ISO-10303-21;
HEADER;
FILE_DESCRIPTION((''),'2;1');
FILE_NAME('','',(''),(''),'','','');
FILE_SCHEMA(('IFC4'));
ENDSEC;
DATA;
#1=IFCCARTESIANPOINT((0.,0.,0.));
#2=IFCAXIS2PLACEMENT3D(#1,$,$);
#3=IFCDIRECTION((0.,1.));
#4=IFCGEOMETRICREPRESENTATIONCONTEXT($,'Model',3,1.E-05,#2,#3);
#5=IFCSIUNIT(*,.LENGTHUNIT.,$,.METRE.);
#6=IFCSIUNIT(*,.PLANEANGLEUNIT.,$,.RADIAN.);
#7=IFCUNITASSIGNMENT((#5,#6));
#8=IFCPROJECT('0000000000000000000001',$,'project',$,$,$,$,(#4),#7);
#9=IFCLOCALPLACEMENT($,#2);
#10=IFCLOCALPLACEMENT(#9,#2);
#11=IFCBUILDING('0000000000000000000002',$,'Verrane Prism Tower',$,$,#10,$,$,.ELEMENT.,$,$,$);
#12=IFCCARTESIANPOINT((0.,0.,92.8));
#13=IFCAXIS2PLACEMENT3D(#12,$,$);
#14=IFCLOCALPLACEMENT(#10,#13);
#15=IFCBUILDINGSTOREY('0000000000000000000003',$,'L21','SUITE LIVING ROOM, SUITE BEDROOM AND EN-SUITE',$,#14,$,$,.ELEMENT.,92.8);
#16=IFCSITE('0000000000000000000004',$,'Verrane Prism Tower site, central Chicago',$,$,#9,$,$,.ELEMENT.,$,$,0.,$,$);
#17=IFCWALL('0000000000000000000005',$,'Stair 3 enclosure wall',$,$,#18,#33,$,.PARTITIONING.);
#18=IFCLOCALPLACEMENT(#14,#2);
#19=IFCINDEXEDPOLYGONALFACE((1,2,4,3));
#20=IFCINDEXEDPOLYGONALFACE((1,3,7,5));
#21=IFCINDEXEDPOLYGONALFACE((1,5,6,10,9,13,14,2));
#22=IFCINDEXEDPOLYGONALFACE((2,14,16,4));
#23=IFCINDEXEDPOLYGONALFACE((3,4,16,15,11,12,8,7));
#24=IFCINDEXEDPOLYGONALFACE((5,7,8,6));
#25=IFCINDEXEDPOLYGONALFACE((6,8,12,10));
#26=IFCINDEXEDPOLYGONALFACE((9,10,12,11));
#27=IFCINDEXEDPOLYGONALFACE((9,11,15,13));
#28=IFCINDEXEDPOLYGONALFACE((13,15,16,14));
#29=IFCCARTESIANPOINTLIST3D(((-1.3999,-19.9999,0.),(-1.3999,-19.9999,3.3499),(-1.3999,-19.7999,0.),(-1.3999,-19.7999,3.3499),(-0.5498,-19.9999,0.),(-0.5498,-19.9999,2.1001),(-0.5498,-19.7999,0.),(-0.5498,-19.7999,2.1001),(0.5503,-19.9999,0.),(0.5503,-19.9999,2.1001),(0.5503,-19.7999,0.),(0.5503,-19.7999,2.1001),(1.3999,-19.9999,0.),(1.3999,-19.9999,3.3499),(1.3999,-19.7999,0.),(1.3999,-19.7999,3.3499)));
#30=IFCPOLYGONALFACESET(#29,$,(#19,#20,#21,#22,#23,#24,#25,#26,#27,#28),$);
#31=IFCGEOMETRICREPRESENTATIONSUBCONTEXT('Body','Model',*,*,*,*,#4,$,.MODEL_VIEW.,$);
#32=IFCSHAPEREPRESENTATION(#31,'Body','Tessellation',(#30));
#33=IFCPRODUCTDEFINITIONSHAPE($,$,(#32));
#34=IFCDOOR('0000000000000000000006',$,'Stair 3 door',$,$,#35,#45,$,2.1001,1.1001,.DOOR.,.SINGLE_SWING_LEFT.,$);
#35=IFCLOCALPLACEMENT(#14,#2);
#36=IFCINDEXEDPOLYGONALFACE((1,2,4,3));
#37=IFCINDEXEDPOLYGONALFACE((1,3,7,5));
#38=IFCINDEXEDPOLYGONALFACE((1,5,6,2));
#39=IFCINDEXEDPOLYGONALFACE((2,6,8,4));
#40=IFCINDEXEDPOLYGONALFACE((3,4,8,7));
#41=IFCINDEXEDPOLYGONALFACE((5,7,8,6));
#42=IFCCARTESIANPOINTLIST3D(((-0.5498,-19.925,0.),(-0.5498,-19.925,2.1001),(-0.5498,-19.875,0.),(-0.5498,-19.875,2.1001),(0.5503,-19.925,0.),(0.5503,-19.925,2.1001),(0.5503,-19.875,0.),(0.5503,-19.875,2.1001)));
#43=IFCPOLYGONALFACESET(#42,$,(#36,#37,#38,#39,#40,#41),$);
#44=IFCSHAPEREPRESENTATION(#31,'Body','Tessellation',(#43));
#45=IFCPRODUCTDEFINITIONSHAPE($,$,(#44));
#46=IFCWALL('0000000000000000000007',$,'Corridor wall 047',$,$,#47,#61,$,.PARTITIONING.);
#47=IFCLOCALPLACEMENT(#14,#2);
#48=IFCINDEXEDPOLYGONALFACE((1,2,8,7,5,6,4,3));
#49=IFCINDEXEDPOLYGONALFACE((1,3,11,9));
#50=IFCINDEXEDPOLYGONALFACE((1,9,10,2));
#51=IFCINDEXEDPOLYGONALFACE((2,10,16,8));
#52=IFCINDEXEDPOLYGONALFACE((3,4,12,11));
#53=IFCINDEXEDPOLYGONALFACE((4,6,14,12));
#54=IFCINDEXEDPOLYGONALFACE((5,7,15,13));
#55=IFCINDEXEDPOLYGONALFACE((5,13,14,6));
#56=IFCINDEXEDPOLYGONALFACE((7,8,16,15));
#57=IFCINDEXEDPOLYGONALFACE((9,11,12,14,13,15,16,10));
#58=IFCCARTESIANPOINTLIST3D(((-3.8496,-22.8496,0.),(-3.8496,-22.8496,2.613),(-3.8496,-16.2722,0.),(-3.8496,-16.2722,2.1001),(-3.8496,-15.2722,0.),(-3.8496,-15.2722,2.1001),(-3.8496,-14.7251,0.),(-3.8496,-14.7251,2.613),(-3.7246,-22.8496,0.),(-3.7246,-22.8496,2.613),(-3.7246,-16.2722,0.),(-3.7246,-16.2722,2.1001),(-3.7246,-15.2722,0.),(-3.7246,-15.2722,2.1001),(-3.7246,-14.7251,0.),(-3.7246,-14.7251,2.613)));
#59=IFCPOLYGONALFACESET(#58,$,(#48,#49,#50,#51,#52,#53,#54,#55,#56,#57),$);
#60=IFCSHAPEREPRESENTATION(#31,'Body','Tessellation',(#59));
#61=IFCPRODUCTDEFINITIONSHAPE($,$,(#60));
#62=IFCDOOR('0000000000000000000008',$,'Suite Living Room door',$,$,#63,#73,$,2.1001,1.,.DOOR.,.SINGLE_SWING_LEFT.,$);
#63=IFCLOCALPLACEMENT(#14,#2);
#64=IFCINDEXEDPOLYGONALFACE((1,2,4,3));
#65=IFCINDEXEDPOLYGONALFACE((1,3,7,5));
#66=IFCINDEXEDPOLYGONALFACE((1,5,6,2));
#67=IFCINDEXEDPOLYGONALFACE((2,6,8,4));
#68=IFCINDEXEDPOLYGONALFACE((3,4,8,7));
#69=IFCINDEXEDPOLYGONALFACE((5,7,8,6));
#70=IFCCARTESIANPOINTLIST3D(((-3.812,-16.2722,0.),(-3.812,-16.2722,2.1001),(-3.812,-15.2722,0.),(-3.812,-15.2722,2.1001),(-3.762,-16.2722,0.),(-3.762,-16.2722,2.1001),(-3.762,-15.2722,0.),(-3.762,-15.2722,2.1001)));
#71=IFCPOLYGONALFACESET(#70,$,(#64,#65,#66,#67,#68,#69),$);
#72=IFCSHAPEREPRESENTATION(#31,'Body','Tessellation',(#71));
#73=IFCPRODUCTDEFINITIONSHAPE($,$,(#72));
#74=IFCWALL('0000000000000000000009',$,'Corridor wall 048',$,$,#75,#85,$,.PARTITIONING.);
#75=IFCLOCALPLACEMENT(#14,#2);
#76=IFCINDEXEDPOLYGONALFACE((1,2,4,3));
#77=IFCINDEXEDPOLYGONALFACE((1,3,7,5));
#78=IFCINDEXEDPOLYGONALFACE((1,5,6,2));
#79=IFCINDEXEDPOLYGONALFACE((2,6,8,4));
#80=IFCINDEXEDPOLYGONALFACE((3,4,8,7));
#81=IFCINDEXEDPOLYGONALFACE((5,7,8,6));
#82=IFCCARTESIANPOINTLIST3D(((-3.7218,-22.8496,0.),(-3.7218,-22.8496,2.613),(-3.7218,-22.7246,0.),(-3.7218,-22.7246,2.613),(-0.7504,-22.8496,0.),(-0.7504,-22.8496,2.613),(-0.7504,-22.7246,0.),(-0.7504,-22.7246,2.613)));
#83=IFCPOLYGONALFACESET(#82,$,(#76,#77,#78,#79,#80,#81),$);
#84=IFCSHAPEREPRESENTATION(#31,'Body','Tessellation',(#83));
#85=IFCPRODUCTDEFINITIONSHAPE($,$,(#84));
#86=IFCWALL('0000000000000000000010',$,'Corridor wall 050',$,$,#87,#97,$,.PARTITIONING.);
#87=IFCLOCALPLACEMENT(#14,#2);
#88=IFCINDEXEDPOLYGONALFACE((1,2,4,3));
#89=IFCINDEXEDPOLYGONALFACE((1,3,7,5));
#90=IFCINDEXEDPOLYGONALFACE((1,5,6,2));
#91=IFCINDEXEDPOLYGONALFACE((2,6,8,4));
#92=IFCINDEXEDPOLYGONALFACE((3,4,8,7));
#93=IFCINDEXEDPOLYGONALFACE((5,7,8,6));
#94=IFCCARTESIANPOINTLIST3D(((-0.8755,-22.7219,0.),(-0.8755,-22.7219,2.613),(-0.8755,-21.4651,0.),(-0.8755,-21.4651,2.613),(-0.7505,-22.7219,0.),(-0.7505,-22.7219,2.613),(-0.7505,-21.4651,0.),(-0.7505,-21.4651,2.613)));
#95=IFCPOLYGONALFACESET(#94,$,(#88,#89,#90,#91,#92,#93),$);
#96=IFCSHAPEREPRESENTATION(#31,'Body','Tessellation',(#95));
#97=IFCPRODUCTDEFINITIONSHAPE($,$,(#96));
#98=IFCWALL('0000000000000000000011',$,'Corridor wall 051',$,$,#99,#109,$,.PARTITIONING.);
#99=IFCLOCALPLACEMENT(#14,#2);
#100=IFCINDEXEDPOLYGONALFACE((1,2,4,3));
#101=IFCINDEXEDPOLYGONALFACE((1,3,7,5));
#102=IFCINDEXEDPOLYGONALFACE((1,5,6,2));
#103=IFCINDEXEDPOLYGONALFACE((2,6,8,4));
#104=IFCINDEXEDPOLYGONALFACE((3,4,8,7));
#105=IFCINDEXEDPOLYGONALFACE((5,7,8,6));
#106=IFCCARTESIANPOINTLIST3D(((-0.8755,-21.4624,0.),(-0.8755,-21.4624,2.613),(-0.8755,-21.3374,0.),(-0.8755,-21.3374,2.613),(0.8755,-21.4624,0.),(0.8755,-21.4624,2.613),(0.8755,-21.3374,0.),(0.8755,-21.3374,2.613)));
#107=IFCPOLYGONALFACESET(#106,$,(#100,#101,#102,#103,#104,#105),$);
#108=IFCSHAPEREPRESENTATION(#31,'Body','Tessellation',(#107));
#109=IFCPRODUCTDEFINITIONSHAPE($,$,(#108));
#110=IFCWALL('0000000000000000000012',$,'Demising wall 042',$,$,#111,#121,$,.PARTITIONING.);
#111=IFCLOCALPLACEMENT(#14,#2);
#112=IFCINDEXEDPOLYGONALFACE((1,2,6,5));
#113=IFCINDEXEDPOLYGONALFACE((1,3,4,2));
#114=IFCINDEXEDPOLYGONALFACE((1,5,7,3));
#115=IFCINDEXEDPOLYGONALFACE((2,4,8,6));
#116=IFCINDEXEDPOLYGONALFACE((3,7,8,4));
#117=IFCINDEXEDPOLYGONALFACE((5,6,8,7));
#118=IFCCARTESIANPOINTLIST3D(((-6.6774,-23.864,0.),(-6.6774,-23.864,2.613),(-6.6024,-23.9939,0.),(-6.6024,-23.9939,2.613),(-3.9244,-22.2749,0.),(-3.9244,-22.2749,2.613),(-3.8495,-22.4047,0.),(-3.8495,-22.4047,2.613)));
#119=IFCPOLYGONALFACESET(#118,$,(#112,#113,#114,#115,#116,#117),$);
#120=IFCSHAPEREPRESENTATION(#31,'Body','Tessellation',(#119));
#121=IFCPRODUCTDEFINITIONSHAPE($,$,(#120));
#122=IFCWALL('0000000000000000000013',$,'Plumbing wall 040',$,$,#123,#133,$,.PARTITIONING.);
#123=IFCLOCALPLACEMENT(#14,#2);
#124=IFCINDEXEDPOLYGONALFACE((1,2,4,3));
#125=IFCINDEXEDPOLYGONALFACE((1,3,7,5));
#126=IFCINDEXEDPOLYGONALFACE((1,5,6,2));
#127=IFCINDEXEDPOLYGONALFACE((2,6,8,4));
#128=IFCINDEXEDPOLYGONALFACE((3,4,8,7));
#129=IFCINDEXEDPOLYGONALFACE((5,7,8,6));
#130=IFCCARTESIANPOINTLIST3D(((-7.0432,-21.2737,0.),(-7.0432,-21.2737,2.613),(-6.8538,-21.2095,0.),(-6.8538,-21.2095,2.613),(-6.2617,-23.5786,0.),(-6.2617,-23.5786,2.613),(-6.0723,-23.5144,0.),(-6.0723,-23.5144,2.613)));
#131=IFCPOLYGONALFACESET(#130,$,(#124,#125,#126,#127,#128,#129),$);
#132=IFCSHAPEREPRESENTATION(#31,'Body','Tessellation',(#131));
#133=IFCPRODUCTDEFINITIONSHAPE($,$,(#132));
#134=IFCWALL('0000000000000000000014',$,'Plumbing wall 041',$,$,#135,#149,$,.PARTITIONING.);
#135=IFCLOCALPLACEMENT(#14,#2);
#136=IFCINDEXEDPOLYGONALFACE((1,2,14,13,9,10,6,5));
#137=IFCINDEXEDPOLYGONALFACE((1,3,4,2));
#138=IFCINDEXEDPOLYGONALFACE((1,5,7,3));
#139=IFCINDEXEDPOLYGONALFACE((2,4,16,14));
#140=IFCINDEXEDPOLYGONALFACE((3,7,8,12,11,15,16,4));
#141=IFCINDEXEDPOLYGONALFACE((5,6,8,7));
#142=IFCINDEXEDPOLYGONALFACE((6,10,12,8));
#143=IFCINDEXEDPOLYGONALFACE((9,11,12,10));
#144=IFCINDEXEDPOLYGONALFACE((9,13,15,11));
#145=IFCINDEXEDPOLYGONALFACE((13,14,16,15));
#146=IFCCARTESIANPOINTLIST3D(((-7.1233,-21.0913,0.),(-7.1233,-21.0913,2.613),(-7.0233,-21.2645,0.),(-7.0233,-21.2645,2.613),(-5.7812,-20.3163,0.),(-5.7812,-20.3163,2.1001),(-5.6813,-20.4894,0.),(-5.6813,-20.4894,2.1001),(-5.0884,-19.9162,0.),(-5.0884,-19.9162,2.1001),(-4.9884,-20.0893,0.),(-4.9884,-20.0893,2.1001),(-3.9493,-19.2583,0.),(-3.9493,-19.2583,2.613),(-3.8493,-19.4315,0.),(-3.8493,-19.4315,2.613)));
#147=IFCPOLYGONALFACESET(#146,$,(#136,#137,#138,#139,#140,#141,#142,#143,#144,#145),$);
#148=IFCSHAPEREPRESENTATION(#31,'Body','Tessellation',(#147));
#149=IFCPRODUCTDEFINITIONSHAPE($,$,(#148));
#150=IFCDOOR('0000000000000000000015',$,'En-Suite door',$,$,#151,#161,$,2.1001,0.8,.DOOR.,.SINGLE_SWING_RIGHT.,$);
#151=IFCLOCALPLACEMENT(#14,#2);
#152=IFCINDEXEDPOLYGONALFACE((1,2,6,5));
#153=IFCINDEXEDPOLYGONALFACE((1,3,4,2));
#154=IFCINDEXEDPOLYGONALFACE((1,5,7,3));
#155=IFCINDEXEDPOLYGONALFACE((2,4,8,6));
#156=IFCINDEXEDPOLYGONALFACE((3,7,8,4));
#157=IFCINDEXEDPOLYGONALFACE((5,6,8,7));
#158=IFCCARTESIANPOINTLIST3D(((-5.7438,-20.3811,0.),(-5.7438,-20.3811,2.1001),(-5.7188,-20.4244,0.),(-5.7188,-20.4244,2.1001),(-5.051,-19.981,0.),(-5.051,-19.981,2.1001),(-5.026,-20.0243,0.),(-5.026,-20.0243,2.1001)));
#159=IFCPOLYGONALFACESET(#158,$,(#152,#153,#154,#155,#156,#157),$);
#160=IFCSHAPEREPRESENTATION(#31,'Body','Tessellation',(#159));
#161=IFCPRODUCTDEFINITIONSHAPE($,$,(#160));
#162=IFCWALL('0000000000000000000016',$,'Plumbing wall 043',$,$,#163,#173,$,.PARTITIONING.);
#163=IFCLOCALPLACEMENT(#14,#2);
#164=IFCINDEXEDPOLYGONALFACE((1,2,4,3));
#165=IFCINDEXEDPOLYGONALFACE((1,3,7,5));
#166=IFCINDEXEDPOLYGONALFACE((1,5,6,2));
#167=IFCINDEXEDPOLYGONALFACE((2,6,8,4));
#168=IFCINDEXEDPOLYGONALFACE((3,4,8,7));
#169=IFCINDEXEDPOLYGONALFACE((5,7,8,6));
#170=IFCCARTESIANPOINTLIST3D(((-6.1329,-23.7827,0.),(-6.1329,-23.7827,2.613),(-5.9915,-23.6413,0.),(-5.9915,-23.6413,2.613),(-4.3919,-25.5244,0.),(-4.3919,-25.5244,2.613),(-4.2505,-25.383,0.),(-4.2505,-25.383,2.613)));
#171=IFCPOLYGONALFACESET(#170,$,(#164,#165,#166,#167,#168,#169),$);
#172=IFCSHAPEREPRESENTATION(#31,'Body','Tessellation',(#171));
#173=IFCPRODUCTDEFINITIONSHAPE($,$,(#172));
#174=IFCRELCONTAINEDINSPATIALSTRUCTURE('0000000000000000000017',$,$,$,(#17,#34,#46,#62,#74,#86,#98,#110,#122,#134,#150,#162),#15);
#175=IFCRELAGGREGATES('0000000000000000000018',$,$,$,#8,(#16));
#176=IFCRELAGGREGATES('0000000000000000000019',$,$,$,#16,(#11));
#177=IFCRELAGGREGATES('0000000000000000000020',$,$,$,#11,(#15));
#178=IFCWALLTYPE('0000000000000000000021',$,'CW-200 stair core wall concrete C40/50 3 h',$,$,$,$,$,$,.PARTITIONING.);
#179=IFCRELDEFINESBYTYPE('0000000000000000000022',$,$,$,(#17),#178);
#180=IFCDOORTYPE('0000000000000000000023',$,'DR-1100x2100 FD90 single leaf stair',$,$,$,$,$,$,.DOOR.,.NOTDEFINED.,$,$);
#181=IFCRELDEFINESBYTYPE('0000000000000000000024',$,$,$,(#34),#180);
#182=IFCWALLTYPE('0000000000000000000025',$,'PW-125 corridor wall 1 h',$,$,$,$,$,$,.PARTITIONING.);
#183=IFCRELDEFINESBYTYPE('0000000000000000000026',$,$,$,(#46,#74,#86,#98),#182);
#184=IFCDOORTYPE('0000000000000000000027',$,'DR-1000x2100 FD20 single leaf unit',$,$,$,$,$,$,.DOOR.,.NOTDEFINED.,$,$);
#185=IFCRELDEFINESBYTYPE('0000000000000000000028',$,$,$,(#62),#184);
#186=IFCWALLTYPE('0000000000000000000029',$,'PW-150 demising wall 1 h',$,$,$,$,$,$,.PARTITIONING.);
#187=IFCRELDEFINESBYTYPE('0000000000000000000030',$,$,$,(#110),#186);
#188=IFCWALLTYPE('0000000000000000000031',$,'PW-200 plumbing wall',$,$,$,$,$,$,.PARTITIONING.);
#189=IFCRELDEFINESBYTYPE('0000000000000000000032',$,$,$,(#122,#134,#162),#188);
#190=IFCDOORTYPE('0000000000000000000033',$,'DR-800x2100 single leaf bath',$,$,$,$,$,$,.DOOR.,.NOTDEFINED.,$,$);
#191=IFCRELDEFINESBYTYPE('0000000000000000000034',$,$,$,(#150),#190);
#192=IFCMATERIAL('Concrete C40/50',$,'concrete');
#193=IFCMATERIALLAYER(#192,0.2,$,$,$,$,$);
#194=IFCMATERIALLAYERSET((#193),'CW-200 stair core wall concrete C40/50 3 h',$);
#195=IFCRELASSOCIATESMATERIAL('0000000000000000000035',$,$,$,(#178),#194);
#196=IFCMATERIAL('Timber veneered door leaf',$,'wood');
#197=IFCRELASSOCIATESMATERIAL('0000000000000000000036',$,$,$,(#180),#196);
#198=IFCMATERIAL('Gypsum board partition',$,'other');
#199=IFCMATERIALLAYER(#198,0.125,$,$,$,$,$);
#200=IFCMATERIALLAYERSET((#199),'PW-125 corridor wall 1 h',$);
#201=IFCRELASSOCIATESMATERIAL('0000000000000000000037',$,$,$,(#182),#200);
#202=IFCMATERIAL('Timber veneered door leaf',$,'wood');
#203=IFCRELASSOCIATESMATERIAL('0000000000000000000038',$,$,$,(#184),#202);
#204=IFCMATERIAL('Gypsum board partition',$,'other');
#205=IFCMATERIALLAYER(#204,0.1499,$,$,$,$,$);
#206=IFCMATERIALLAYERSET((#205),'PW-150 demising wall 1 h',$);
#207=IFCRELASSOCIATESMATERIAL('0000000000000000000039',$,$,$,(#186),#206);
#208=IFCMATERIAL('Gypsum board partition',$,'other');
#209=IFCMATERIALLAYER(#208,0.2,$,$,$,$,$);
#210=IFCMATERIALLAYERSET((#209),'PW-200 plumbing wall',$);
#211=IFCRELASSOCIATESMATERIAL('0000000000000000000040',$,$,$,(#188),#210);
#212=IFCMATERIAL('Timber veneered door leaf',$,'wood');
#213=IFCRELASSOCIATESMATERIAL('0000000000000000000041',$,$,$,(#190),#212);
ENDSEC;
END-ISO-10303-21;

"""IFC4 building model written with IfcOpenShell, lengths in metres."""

from ifc_helpers import new_model, si_unit, direction, frame, frame_2d, origin, place, context, subcontext, project, spatial, rectangle, extrude, material, layer, layer_set, type_object, element, fill, save


model = new_model("IFC4")

# Units and contexts
model_context = context("Model", 3, precision=1e-05, world=origin(), true_north=direction((0.0, 1.0)))
body_context = subcontext(model_context, "Body", "Model", "MODEL_VIEW")
ifc_project = project(units=[si_unit("LENGTHUNIT", "METRE"), si_unit("PLANEANGLEUNIT", "RADIAN")], contexts=[model_context])

# Site, building, storey
site_placement = place(None, origin())
site = spatial("IfcSite", under=ifc_project, at=site_placement, Name="Verrane Prism Tower site, central Chicago", CompositionType="ELEMENT", RefElevation=0.0)
building_placement = place(site_placement, origin())
building = spatial("IfcBuilding", under=site, at=building_placement, Name="Verrane Prism Tower", CompositionType="ELEMENT")
storey_placement = place(building_placement, frame((0.0, 0.0, 92.8)))
storey = spatial("IfcBuildingStorey", under=building, at=storey_placement, Name="L21", Description="SUITE LIVING ROOM, SUITE BEDROOM AND EN-SUITE", CompositionType="ELEMENT", Elevation=92.8)

# Walls, openings, doors
ifc_material_1 = material(Name="Concrete C40/50", Category="concrete")
ifc_layer_1 = layer(ifc_material_1, 0.2)
ifc_layer_set_1 = layer_set([ifc_layer_1], Name="CW-200 stair core wall concrete C40/50 3 h")
wall_type_1 = type_object("IfcWallType", Name="CW-200 stair core wall concrete C40/50 3 h", PredefinedType="PARTITIONING", material=ifc_layer_set_1)
wall_1_placement = place(storey_placement, frame((-1.3999, -19.8999, 0.0), z_axis=(0.0, 0.0, 1.0), x_axis=(1.0, 0.0, 0.0)))
wall_1 = element("IfcWall", 1, at=wall_1_placement, inside=storey, type_object=wall_type_1, Name="Stair 3 enclosure wall", PredefinedType="PARTITIONING", context=body_context, shape_type="SweptSolid", body=[
    extrude(rectangle(XDim=2.7998, YDim=0.2, at=frame_2d((1.3999, 0.0))), origin(), (0.0, 0.0, 1.0), 3.3499),
])
opening_1_placement = place(wall_1_placement, frame((0.8501, 0.0, 0.0)))
opening_1 = element("IfcOpeningElement", 2, at=opening_1_placement, cuts=wall_1, PredefinedType="OPENING", context=body_context, shape_type="SweptSolid", body=[
    extrude(rectangle(XDim=1.1001, YDim=2.1001, at=frame_2d((0.55, 1.05))), frame((0.0, 0.1099, 0.0), z_axis=(0.0, -1.0, 0.0), x_axis=(1.0, 0.0, 0.0)), (0.0, 0.0, 1.0), 0.22),
])
ifc_material_2 = material(Name="Timber veneered door leaf", Category="wood")
door_type_1 = type_object("IfcDoorType", Name="DR-1100x2100 FD90 single leaf stair", OperationType="NOTDEFINED", PredefinedType="DOOR", material=ifc_material_2)
door_1_placement = place(opening_1_placement, origin())
door_1 = element("IfcDoor", 3, at=door_1_placement, inside=storey, type_object=door_type_1, Name="Stair 3 door", OperationType="SINGLE_SWING_LEFT", OverallHeight=2.1001, OverallWidth=1.1001, PredefinedType="DOOR", context=body_context, shape_type="SweptSolid", body=[
    extrude(rectangle(XDim=1.1001, YDim=2.1001, at=frame_2d((0.55, 1.05))), frame((0.0, 0.0249, 0.0), z_axis=(0.0, -1.0, 0.0), x_axis=(1.0, 0.0, 0.0)), (0.0, 0.0, 1.0), 0.05),
])
fill(opening_1, door_1)
ifc_material_3 = material(Name="Gypsum board partition", Category="other")
ifc_layer_2 = layer(ifc_material_3, 0.125)
ifc_layer_set_2 = layer_set([ifc_layer_2], Name="PW-125 corridor wall 1 h")
wall_type_2 = type_object("IfcWallType", Name="PW-125 corridor wall 1 h", PredefinedType="PARTITIONING", material=ifc_layer_set_2)
wall_2_placement = place(storey_placement, frame((-3.7871, -22.8496, 0.0), z_axis=(0.0, 0.0, 1.0), x_axis=(0.0, 1.0, 0.0)))
wall_2 = element("IfcWall", 4, at=wall_2_placement, inside=storey, type_object=wall_type_2, Name="Corridor wall 047", PredefinedType="PARTITIONING", context=body_context, shape_type="SweptSolid", body=[
    extrude(rectangle(XDim=8.1245, YDim=0.125, at=frame_2d((4.0623, 0.0))), origin(), (0.0, 0.0, 1.0), 2.613),
])
opening_2_placement = place(wall_2_placement, frame((6.5774, 0.0, 0.0)))
opening_2 = element("IfcOpeningElement", 5, at=opening_2_placement, cuts=wall_2, PredefinedType="OPENING", context=body_context, shape_type="SweptSolid", body=[
    extrude(rectangle(XDim=1.0, YDim=2.1001, at=frame_2d((0.5, 1.05))), frame((0.0, 0.0725, 0.0), z_axis=(0.0, -1.0, 0.0), x_axis=(1.0, 0.0, 0.0)), (0.0, 0.0, 1.0), 0.145),
])
ifc_material_4 = material(Name="Timber veneered door leaf", Category="wood")
door_type_2 = type_object("IfcDoorType", Name="DR-1000x2100 FD20 single leaf unit", OperationType="NOTDEFINED", PredefinedType="DOOR", material=ifc_material_4)
door_2_placement = place(opening_2_placement, origin())
door_2 = element("IfcDoor", 6, at=door_2_placement, inside=storey, type_object=door_type_2, Name="Suite Living Room door", OperationType="SINGLE_SWING_LEFT", OverallHeight=2.1001, OverallWidth=1.0, PredefinedType="DOOR", context=body_context, shape_type="SweptSolid", body=[
    extrude(rectangle(XDim=1.0, YDim=2.1001, at=frame_2d((0.5, 1.05))), frame((0.0, 0.0249, 0.0), z_axis=(0.0, -1.0, 0.0), x_axis=(1.0, 0.0, 0.0)), (0.0, 0.0, 1.0), 0.05),
])
fill(opening_2, door_2)

# Walls
wall_3_placement = place(storey_placement, frame((-3.7219, -22.7871, 0.0), z_axis=(0.0, 0.0, 1.0), x_axis=(1.0, 0.0, 0.0)))
element("IfcWall", 7, at=wall_3_placement, inside=storey, type_object=wall_type_2, Name="Corridor wall 048", PredefinedType="PARTITIONING", context=body_context, shape_type="SweptSolid", body=[
    extrude(rectangle(XDim=2.9714, YDim=0.125, at=frame_2d((1.4858, 0.0))), origin(), (0.0, 0.0, 1.0), 2.613),
])
wall_4_placement = place(storey_placement, frame((-0.813, -22.7219, 0.0), z_axis=(0.0, 0.0, 1.0), x_axis=(0.0, 1.0, 0.0)))
element("IfcWall", 8, at=wall_4_placement, inside=storey, type_object=wall_type_2, Name="Corridor wall 050", PredefinedType="PARTITIONING", context=body_context, shape_type="SweptSolid", body=[
    extrude(rectangle(XDim=1.2568, YDim=0.125, at=frame_2d((0.6284, 0.0))), origin(), (0.0, 0.0, 1.0), 2.613),
])
wall_5_placement = place(storey_placement, frame((-0.8755, -21.3999, 0.0), z_axis=(0.0, 0.0, 1.0), x_axis=(1.0, 0.0, 0.0)))
element("IfcWall", 9, at=wall_5_placement, inside=storey, type_object=wall_type_2, Name="Corridor wall 051", PredefinedType="PARTITIONING", context=body_context, shape_type="SweptSolid", body=[
    extrude(rectangle(XDim=1.751, YDim=0.125, at=frame_2d((0.8755, 0.0))), origin(), (0.0, 0.0, 1.0), 2.613),
])
ifc_material_5 = material(Name="Gypsum board partition", Category="other")
ifc_layer_3 = layer(ifc_material_5, 0.1499)
ifc_layer_set_3 = layer_set([ifc_layer_3], Name="PW-150 demising wall 1 h")
wall_type_3 = type_object("IfcWallType", Name="PW-150 demising wall 1 h", PredefinedType="PARTITIONING", material=ifc_layer_set_3)
wall_6_placement = place(storey_placement, frame((-6.6399, -23.929, 0.0), z_axis=(0.0, 0.0, 1.0), x_axis=(0.866065, 0.499931, 0.0)))
element("IfcWall", 10, at=wall_6_placement, inside=storey, type_object=wall_type_3, Name="Demising wall 042", PredefinedType="PARTITIONING", context=body_context, shape_type="SweptSolid", body=[
    extrude(rectangle(XDim=3.1787, YDim=0.1499, at=frame_2d((1.5894, 0.0))), origin(), (0.0, 0.0, 1.0), 2.613),
])
ifc_material_6 = material(Name="Gypsum board partition", Category="other")
ifc_layer_4 = layer(ifc_material_6, 0.2)
ifc_layer_set_4 = layer_set([ifc_layer_4], Name="PW-200 plumbing wall")
wall_type_4 = type_object("IfcWallType", Name="PW-200 plumbing wall", PredefinedType="PARTITIONING", material=ifc_layer_set_4)
wall_7_placement = place(storey_placement, frame((-6.9485, -21.2417, 0.0), z_axis=(0.0, 0.0, 1.0), x_axis=(0.321099, -0.947046, 0.0)))
element("IfcWall", 11, at=wall_7_placement, inside=storey, type_object=wall_type_4, Name="Plumbing wall 040", PredefinedType="PARTITIONING", context=body_context, shape_type="SweptSolid", body=[
    extrude(rectangle(XDim=2.4338, YDim=0.2, at=frame_2d((1.2168, 0.0))), origin(), (0.0, 0.0, 1.0), 2.613),
])

# Wall, opening, door
wall_8_placement = place(storey_placement, frame((-3.8994, -19.345, 0.0), z_axis=(0.0, 0.0, 1.0), x_axis=(-0.865971, -0.500093, 0.0)))
wall_8 = element("IfcWall", 12, at=wall_8_placement, inside=storey, type_object=wall_type_4, Name="Plumbing wall 041", PredefinedType="PARTITIONING", context=body_context, shape_type="SweptSolid", body=[
    extrude(rectangle(XDim=3.6653, YDim=0.2, at=frame_2d((1.8325, 0.0))), origin(), (0.0, 0.0, 1.0), 2.613),
])
opening_3_placement = place(wall_8_placement, frame((1.3154, 0.0, 0.0)))
opening_3 = element("IfcOpeningElement", 13, at=opening_3_placement, cuts=wall_8, PredefinedType="OPENING", context=body_context, shape_type="SweptSolid", body=[
    extrude(rectangle(XDim=0.8, YDim=2.1001, at=frame_2d((0.3999, 1.05))), frame((0.0, 0.1099, 0.0), z_axis=(0.0, -1.0, 0.0), x_axis=(1.0, 0.0, 0.0)), (0.0, 0.0, 1.0), 0.22),
])
ifc_material_7 = material(Name="Timber veneered door leaf", Category="wood")
door_type_3 = type_object("IfcDoorType", Name="DR-800x2100 single leaf bath", OperationType="NOTDEFINED", PredefinedType="DOOR", material=ifc_material_7)
door_3_placement = place(opening_3_placement, origin())
door_3 = element("IfcDoor", 14, at=door_3_placement, inside=storey, type_object=door_type_3, Name="En-Suite door", OperationType="SINGLE_SWING_RIGHT", OverallHeight=2.1001, OverallWidth=0.8, PredefinedType="DOOR", context=body_context, shape_type="SweptSolid", body=[
    extrude(rectangle(XDim=0.8, YDim=2.1001, at=frame_2d((0.3999, 1.05))), frame((0.0, 0.0249, 0.0), z_axis=(0.0, -1.0, 0.0), x_axis=(1.0, 0.0, 0.0)), (0.0, 0.0, 1.0), 0.05),
])
fill(opening_3, door_3)

# Wall
wall_9_placement = place(storey_placement, frame((-6.0623, -23.7119, 0.0), z_axis=(0.0, 0.0, 1.0), x_axis=(0.706958, -0.707255, 0.0)))
element("IfcWall", 15, at=wall_9_placement, inside=storey, type_object=wall_type_4, Name="Plumbing wall 043", PredefinedType="PARTITIONING", context=body_context, shape_type="SweptSolid", body=[
    extrude(rectangle(XDim=2.4626, YDim=0.2, at=frame_2d((1.2314, 0.0))), origin(), (0.0, 0.0, 1.0), 2.613),
])

save(model, "model.ifc")
